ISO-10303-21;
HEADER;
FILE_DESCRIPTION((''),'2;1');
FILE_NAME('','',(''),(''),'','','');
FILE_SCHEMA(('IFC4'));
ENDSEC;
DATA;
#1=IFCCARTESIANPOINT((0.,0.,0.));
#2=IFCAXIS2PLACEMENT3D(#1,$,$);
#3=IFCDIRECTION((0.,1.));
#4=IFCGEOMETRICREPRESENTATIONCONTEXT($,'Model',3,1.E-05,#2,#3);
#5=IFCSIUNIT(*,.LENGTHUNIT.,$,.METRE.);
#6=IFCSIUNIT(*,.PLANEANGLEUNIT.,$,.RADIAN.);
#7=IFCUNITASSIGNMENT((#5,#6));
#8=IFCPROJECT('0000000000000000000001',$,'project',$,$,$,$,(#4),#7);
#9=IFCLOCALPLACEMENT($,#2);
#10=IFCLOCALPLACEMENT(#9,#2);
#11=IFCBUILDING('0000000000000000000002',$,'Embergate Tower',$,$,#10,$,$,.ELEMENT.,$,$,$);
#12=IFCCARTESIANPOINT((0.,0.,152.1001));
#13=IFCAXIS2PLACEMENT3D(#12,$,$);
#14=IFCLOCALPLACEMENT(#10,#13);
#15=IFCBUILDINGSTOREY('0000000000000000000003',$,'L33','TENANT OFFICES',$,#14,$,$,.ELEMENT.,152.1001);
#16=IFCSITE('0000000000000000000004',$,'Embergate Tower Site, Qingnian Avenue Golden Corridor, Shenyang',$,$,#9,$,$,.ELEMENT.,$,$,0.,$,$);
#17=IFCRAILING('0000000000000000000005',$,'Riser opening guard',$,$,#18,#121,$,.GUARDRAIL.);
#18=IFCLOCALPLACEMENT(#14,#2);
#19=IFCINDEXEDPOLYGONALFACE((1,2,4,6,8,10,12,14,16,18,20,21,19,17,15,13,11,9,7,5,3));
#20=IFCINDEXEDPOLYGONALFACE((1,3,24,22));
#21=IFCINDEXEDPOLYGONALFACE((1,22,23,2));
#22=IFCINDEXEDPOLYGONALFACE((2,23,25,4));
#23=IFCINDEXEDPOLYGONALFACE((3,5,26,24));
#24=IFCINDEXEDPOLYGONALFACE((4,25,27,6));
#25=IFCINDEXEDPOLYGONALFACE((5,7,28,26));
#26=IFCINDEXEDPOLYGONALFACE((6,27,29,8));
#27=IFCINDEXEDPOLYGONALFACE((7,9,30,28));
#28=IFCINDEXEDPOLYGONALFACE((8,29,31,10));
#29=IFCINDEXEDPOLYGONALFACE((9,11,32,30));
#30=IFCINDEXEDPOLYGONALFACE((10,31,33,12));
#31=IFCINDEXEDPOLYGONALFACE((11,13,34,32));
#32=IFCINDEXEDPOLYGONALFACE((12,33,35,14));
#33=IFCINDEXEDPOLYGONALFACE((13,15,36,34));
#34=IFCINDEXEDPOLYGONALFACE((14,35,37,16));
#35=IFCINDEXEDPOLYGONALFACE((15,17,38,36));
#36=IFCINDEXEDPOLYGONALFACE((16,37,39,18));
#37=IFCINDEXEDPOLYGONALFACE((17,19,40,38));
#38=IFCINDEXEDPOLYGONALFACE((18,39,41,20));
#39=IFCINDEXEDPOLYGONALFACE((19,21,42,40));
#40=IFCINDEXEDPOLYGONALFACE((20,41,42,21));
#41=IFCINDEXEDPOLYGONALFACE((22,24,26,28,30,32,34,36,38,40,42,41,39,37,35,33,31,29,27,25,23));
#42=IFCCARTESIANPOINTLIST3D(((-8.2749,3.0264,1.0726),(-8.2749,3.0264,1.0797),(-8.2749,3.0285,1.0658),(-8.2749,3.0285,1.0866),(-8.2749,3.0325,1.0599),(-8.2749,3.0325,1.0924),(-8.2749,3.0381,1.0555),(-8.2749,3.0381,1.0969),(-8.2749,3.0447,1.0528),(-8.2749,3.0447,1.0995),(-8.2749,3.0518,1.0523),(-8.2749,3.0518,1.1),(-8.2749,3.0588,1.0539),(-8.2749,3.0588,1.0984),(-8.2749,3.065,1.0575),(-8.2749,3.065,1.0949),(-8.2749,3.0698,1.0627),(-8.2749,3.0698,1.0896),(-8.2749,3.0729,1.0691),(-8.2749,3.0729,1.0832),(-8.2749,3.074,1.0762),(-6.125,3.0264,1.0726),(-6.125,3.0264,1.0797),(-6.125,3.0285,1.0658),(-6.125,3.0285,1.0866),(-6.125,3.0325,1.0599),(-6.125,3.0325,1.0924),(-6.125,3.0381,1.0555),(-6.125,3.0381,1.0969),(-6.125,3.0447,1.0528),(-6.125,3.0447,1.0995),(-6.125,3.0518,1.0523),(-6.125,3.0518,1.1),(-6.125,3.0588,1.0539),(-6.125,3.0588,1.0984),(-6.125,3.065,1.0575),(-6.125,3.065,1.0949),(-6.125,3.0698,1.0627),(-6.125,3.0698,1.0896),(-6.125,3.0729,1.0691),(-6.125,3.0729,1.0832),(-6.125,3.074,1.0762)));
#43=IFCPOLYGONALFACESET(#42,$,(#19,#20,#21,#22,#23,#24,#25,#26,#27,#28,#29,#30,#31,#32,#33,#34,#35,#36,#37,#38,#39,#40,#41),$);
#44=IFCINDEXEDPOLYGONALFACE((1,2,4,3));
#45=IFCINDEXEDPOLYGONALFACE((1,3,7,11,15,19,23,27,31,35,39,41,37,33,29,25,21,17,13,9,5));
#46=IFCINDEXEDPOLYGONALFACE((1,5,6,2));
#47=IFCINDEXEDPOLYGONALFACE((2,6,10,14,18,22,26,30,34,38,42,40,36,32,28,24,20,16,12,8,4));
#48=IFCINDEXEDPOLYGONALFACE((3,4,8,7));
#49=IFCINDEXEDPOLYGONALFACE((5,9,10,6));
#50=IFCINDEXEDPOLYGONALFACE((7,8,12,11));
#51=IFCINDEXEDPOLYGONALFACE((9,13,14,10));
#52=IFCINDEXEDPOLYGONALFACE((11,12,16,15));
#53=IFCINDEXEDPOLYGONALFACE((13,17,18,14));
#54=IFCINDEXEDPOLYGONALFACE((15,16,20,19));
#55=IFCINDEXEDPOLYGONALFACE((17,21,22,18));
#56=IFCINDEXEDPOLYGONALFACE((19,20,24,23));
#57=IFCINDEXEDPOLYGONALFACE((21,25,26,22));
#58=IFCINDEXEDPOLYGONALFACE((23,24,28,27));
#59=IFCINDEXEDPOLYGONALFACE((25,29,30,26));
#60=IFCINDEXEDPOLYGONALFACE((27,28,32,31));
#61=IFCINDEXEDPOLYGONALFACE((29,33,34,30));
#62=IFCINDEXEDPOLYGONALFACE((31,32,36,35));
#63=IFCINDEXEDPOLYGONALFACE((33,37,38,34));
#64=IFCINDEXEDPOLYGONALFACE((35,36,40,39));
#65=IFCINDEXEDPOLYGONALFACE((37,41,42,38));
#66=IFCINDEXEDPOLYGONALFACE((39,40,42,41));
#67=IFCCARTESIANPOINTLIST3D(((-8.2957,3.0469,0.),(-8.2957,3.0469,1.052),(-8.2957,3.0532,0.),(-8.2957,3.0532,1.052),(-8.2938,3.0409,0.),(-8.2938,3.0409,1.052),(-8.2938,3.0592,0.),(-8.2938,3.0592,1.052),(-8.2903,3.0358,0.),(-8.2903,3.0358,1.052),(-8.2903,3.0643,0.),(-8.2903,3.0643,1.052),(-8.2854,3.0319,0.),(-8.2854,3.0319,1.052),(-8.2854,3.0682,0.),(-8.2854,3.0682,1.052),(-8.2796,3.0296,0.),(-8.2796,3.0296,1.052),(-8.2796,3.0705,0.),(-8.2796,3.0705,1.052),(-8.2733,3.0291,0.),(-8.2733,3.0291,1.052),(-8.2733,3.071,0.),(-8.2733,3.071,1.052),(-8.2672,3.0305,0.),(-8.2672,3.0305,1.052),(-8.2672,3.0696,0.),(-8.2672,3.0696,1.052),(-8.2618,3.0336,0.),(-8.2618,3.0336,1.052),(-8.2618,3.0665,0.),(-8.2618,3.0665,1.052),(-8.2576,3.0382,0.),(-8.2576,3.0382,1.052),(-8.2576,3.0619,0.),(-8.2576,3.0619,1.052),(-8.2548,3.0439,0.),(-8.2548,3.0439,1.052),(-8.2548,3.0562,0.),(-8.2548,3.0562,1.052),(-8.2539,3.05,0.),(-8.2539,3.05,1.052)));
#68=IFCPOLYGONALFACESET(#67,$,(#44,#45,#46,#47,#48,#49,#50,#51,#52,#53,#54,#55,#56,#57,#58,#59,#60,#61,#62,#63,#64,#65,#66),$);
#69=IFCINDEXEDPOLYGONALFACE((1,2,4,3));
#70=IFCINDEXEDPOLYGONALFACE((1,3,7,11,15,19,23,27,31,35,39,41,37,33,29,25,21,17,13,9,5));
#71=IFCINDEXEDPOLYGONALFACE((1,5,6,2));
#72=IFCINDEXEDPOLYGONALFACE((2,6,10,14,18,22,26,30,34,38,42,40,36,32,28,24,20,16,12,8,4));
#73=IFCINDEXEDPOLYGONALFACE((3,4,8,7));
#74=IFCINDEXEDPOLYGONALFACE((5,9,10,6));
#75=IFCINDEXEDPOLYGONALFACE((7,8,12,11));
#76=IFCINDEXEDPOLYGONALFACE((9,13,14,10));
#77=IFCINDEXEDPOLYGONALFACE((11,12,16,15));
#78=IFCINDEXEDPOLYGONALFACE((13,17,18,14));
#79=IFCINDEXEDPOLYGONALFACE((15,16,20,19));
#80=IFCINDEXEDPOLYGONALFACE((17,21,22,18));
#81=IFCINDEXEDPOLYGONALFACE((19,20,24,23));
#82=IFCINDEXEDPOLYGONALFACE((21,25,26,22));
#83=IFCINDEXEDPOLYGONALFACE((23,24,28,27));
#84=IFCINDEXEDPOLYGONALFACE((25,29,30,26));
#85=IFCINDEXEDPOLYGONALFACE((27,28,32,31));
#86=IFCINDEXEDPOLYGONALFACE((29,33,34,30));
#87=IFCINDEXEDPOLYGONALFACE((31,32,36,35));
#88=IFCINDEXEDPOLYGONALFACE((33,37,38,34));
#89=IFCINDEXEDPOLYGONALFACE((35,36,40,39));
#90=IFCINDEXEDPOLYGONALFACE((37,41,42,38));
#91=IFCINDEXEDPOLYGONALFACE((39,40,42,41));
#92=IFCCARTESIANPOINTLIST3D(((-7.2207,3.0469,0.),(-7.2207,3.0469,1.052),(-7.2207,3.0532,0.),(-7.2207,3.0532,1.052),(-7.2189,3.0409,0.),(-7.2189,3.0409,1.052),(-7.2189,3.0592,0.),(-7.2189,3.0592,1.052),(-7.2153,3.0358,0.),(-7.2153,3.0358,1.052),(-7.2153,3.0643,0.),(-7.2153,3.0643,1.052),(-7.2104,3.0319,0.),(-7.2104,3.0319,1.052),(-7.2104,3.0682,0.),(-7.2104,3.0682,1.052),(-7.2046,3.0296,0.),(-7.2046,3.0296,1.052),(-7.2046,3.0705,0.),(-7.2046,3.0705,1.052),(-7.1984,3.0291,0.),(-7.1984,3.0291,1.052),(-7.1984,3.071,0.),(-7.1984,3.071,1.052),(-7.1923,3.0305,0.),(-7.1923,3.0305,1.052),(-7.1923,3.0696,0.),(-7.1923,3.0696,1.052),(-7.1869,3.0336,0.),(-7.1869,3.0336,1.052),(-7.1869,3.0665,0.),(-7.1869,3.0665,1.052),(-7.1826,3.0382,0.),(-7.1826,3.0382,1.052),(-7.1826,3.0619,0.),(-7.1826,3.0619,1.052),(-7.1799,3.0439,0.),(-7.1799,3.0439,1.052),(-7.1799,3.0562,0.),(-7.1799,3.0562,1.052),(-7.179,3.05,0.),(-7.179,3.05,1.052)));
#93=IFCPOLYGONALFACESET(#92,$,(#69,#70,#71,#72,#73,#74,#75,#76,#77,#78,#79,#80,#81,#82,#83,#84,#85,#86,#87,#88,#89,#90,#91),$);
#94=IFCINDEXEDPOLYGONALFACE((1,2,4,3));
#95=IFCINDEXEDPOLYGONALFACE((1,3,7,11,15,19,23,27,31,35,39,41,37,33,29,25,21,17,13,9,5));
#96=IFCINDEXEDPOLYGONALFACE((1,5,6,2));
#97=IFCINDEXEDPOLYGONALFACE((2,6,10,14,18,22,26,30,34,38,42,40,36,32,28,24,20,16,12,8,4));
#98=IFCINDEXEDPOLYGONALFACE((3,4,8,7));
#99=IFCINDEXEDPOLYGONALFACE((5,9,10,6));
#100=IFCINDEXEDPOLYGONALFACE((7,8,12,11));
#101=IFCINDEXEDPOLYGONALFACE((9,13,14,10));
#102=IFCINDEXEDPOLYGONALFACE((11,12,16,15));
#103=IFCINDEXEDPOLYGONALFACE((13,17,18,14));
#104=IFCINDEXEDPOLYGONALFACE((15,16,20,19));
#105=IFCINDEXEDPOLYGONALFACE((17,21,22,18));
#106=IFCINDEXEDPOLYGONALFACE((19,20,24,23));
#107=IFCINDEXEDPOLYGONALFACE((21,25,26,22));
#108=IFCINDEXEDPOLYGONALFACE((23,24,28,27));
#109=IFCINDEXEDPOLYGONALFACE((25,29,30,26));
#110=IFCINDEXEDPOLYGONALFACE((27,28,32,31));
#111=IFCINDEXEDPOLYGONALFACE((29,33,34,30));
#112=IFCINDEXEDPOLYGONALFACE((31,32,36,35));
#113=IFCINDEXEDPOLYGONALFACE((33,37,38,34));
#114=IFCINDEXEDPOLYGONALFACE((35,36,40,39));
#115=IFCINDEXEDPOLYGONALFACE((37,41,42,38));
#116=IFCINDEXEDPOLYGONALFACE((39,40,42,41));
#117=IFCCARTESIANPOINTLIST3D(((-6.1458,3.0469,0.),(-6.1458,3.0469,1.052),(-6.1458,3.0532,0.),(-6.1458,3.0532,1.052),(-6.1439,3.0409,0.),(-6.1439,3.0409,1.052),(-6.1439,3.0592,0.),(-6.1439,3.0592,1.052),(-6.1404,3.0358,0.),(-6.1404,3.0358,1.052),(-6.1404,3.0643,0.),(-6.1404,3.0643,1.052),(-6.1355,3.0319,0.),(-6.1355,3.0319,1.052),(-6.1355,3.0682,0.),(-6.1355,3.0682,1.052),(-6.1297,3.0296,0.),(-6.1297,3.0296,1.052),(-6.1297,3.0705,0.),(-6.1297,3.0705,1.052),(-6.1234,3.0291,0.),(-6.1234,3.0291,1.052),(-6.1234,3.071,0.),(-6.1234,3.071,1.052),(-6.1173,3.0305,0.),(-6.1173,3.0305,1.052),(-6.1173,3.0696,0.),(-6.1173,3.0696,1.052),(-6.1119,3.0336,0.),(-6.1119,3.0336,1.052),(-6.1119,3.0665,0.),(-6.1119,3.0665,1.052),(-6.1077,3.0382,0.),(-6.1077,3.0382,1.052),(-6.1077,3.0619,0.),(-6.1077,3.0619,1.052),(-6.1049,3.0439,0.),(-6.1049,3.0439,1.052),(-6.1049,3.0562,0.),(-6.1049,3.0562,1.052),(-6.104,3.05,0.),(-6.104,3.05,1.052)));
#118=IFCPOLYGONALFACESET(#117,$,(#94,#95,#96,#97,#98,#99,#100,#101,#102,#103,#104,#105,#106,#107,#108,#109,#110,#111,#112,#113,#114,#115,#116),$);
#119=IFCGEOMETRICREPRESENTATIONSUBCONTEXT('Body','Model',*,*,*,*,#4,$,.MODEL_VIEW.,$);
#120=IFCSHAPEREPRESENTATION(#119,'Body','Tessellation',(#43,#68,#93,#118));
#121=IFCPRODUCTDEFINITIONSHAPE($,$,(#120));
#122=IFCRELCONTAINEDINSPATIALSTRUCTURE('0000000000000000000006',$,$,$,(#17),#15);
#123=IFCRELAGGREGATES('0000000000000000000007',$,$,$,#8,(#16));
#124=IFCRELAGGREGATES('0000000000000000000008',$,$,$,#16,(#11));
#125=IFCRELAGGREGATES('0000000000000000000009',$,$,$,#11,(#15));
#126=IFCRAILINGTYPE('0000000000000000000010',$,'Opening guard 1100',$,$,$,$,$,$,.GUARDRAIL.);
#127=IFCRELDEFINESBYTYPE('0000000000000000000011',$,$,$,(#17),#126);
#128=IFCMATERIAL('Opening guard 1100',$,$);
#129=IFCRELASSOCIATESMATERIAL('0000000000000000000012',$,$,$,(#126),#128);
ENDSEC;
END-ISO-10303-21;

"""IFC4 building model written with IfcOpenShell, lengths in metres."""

from ifc_helpers import new_model, si_unit, direction, frame, origin, origin_2d, place, context, subcontext, project, spatial, circle, extrude, source, transform, mapped, material, type_object, element, save


model = new_model("IFC4")

# Units and contexts
model_context = context("Model", 3, precision=1e-05, world=origin(), true_north=direction((0.0, 1.0)))
body_context = subcontext(model_context, "Body", "Model", "MODEL_VIEW")
ifc_project = project(units=[si_unit("LENGTHUNIT", "METRE"), si_unit("PLANEANGLEUNIT", "RADIAN")], contexts=[model_context])

# Site, building, storey
site_placement = place(None, origin())
site = spatial("IfcSite", under=ifc_project, at=site_placement, Name="Embergate Tower Site, Qingnian Avenue Golden Corridor, Shenyang", CompositionType="ELEMENT", RefElevation=0.0)
building_placement = place(site_placement, origin())
building = spatial("IfcBuilding", under=site, at=building_placement, Name="Embergate Tower", CompositionType="ELEMENT")
storey_placement = place(building_placement, frame((0.0, 0.0, 152.1001)))
storey = spatial("IfcBuildingStorey", under=building, at=storey_placement, Name="L33", Description="TENANT OFFICES", CompositionType="ELEMENT", Elevation=152.1001)

# Railing
ifc_material_1 = material(Name="Opening guard 1100")
railing_type_1 = type_object("IfcRailingType", Name="Opening guard 1100", PredefinedType="GUARDRAIL", material=ifc_material_1)
shared_shape_1 = source(origin(), body_context, "Body", "SweptSolid", [
    extrude(circle(Radius=0.0239, at=origin_2d()), frame((0.0, 0.0, 1.0762), z_axis=(1.0, 0.0, 0.0), x_axis=(0.0, 1.0, 0.0)), (0.0, 0.0, 1.0), 2.1499),
    extrude(circle(Radius=0.021, at=origin_2d()), origin(), (0.0, 0.0, 1.0), 1.052),
    extrude(circle(Radius=0.021, at=origin_2d()), frame((1.075, 0.0, 0.0)), (0.0, 0.0, 1.0), 1.052),
    extrude(circle(Radius=0.021, at=origin_2d()), frame((2.1499, 0.0, 0.0)), (0.0, 0.0, 1.0), 1.052),
])
railing_1_placement = place(storey_placement, frame((-8.2749, 3.05, 0.0)))
element("IfcRailing", 1, at=railing_1_placement, inside=storey, type_object=railing_type_1, Name="Riser opening guard", PredefinedType="GUARDRAIL", context=body_context, shape_type="MappedRepresentation", body=[
    mapped(shared_shape_1, transform((0.0, 0.0, 0.0))),
])

save(model, "model.ifc")
